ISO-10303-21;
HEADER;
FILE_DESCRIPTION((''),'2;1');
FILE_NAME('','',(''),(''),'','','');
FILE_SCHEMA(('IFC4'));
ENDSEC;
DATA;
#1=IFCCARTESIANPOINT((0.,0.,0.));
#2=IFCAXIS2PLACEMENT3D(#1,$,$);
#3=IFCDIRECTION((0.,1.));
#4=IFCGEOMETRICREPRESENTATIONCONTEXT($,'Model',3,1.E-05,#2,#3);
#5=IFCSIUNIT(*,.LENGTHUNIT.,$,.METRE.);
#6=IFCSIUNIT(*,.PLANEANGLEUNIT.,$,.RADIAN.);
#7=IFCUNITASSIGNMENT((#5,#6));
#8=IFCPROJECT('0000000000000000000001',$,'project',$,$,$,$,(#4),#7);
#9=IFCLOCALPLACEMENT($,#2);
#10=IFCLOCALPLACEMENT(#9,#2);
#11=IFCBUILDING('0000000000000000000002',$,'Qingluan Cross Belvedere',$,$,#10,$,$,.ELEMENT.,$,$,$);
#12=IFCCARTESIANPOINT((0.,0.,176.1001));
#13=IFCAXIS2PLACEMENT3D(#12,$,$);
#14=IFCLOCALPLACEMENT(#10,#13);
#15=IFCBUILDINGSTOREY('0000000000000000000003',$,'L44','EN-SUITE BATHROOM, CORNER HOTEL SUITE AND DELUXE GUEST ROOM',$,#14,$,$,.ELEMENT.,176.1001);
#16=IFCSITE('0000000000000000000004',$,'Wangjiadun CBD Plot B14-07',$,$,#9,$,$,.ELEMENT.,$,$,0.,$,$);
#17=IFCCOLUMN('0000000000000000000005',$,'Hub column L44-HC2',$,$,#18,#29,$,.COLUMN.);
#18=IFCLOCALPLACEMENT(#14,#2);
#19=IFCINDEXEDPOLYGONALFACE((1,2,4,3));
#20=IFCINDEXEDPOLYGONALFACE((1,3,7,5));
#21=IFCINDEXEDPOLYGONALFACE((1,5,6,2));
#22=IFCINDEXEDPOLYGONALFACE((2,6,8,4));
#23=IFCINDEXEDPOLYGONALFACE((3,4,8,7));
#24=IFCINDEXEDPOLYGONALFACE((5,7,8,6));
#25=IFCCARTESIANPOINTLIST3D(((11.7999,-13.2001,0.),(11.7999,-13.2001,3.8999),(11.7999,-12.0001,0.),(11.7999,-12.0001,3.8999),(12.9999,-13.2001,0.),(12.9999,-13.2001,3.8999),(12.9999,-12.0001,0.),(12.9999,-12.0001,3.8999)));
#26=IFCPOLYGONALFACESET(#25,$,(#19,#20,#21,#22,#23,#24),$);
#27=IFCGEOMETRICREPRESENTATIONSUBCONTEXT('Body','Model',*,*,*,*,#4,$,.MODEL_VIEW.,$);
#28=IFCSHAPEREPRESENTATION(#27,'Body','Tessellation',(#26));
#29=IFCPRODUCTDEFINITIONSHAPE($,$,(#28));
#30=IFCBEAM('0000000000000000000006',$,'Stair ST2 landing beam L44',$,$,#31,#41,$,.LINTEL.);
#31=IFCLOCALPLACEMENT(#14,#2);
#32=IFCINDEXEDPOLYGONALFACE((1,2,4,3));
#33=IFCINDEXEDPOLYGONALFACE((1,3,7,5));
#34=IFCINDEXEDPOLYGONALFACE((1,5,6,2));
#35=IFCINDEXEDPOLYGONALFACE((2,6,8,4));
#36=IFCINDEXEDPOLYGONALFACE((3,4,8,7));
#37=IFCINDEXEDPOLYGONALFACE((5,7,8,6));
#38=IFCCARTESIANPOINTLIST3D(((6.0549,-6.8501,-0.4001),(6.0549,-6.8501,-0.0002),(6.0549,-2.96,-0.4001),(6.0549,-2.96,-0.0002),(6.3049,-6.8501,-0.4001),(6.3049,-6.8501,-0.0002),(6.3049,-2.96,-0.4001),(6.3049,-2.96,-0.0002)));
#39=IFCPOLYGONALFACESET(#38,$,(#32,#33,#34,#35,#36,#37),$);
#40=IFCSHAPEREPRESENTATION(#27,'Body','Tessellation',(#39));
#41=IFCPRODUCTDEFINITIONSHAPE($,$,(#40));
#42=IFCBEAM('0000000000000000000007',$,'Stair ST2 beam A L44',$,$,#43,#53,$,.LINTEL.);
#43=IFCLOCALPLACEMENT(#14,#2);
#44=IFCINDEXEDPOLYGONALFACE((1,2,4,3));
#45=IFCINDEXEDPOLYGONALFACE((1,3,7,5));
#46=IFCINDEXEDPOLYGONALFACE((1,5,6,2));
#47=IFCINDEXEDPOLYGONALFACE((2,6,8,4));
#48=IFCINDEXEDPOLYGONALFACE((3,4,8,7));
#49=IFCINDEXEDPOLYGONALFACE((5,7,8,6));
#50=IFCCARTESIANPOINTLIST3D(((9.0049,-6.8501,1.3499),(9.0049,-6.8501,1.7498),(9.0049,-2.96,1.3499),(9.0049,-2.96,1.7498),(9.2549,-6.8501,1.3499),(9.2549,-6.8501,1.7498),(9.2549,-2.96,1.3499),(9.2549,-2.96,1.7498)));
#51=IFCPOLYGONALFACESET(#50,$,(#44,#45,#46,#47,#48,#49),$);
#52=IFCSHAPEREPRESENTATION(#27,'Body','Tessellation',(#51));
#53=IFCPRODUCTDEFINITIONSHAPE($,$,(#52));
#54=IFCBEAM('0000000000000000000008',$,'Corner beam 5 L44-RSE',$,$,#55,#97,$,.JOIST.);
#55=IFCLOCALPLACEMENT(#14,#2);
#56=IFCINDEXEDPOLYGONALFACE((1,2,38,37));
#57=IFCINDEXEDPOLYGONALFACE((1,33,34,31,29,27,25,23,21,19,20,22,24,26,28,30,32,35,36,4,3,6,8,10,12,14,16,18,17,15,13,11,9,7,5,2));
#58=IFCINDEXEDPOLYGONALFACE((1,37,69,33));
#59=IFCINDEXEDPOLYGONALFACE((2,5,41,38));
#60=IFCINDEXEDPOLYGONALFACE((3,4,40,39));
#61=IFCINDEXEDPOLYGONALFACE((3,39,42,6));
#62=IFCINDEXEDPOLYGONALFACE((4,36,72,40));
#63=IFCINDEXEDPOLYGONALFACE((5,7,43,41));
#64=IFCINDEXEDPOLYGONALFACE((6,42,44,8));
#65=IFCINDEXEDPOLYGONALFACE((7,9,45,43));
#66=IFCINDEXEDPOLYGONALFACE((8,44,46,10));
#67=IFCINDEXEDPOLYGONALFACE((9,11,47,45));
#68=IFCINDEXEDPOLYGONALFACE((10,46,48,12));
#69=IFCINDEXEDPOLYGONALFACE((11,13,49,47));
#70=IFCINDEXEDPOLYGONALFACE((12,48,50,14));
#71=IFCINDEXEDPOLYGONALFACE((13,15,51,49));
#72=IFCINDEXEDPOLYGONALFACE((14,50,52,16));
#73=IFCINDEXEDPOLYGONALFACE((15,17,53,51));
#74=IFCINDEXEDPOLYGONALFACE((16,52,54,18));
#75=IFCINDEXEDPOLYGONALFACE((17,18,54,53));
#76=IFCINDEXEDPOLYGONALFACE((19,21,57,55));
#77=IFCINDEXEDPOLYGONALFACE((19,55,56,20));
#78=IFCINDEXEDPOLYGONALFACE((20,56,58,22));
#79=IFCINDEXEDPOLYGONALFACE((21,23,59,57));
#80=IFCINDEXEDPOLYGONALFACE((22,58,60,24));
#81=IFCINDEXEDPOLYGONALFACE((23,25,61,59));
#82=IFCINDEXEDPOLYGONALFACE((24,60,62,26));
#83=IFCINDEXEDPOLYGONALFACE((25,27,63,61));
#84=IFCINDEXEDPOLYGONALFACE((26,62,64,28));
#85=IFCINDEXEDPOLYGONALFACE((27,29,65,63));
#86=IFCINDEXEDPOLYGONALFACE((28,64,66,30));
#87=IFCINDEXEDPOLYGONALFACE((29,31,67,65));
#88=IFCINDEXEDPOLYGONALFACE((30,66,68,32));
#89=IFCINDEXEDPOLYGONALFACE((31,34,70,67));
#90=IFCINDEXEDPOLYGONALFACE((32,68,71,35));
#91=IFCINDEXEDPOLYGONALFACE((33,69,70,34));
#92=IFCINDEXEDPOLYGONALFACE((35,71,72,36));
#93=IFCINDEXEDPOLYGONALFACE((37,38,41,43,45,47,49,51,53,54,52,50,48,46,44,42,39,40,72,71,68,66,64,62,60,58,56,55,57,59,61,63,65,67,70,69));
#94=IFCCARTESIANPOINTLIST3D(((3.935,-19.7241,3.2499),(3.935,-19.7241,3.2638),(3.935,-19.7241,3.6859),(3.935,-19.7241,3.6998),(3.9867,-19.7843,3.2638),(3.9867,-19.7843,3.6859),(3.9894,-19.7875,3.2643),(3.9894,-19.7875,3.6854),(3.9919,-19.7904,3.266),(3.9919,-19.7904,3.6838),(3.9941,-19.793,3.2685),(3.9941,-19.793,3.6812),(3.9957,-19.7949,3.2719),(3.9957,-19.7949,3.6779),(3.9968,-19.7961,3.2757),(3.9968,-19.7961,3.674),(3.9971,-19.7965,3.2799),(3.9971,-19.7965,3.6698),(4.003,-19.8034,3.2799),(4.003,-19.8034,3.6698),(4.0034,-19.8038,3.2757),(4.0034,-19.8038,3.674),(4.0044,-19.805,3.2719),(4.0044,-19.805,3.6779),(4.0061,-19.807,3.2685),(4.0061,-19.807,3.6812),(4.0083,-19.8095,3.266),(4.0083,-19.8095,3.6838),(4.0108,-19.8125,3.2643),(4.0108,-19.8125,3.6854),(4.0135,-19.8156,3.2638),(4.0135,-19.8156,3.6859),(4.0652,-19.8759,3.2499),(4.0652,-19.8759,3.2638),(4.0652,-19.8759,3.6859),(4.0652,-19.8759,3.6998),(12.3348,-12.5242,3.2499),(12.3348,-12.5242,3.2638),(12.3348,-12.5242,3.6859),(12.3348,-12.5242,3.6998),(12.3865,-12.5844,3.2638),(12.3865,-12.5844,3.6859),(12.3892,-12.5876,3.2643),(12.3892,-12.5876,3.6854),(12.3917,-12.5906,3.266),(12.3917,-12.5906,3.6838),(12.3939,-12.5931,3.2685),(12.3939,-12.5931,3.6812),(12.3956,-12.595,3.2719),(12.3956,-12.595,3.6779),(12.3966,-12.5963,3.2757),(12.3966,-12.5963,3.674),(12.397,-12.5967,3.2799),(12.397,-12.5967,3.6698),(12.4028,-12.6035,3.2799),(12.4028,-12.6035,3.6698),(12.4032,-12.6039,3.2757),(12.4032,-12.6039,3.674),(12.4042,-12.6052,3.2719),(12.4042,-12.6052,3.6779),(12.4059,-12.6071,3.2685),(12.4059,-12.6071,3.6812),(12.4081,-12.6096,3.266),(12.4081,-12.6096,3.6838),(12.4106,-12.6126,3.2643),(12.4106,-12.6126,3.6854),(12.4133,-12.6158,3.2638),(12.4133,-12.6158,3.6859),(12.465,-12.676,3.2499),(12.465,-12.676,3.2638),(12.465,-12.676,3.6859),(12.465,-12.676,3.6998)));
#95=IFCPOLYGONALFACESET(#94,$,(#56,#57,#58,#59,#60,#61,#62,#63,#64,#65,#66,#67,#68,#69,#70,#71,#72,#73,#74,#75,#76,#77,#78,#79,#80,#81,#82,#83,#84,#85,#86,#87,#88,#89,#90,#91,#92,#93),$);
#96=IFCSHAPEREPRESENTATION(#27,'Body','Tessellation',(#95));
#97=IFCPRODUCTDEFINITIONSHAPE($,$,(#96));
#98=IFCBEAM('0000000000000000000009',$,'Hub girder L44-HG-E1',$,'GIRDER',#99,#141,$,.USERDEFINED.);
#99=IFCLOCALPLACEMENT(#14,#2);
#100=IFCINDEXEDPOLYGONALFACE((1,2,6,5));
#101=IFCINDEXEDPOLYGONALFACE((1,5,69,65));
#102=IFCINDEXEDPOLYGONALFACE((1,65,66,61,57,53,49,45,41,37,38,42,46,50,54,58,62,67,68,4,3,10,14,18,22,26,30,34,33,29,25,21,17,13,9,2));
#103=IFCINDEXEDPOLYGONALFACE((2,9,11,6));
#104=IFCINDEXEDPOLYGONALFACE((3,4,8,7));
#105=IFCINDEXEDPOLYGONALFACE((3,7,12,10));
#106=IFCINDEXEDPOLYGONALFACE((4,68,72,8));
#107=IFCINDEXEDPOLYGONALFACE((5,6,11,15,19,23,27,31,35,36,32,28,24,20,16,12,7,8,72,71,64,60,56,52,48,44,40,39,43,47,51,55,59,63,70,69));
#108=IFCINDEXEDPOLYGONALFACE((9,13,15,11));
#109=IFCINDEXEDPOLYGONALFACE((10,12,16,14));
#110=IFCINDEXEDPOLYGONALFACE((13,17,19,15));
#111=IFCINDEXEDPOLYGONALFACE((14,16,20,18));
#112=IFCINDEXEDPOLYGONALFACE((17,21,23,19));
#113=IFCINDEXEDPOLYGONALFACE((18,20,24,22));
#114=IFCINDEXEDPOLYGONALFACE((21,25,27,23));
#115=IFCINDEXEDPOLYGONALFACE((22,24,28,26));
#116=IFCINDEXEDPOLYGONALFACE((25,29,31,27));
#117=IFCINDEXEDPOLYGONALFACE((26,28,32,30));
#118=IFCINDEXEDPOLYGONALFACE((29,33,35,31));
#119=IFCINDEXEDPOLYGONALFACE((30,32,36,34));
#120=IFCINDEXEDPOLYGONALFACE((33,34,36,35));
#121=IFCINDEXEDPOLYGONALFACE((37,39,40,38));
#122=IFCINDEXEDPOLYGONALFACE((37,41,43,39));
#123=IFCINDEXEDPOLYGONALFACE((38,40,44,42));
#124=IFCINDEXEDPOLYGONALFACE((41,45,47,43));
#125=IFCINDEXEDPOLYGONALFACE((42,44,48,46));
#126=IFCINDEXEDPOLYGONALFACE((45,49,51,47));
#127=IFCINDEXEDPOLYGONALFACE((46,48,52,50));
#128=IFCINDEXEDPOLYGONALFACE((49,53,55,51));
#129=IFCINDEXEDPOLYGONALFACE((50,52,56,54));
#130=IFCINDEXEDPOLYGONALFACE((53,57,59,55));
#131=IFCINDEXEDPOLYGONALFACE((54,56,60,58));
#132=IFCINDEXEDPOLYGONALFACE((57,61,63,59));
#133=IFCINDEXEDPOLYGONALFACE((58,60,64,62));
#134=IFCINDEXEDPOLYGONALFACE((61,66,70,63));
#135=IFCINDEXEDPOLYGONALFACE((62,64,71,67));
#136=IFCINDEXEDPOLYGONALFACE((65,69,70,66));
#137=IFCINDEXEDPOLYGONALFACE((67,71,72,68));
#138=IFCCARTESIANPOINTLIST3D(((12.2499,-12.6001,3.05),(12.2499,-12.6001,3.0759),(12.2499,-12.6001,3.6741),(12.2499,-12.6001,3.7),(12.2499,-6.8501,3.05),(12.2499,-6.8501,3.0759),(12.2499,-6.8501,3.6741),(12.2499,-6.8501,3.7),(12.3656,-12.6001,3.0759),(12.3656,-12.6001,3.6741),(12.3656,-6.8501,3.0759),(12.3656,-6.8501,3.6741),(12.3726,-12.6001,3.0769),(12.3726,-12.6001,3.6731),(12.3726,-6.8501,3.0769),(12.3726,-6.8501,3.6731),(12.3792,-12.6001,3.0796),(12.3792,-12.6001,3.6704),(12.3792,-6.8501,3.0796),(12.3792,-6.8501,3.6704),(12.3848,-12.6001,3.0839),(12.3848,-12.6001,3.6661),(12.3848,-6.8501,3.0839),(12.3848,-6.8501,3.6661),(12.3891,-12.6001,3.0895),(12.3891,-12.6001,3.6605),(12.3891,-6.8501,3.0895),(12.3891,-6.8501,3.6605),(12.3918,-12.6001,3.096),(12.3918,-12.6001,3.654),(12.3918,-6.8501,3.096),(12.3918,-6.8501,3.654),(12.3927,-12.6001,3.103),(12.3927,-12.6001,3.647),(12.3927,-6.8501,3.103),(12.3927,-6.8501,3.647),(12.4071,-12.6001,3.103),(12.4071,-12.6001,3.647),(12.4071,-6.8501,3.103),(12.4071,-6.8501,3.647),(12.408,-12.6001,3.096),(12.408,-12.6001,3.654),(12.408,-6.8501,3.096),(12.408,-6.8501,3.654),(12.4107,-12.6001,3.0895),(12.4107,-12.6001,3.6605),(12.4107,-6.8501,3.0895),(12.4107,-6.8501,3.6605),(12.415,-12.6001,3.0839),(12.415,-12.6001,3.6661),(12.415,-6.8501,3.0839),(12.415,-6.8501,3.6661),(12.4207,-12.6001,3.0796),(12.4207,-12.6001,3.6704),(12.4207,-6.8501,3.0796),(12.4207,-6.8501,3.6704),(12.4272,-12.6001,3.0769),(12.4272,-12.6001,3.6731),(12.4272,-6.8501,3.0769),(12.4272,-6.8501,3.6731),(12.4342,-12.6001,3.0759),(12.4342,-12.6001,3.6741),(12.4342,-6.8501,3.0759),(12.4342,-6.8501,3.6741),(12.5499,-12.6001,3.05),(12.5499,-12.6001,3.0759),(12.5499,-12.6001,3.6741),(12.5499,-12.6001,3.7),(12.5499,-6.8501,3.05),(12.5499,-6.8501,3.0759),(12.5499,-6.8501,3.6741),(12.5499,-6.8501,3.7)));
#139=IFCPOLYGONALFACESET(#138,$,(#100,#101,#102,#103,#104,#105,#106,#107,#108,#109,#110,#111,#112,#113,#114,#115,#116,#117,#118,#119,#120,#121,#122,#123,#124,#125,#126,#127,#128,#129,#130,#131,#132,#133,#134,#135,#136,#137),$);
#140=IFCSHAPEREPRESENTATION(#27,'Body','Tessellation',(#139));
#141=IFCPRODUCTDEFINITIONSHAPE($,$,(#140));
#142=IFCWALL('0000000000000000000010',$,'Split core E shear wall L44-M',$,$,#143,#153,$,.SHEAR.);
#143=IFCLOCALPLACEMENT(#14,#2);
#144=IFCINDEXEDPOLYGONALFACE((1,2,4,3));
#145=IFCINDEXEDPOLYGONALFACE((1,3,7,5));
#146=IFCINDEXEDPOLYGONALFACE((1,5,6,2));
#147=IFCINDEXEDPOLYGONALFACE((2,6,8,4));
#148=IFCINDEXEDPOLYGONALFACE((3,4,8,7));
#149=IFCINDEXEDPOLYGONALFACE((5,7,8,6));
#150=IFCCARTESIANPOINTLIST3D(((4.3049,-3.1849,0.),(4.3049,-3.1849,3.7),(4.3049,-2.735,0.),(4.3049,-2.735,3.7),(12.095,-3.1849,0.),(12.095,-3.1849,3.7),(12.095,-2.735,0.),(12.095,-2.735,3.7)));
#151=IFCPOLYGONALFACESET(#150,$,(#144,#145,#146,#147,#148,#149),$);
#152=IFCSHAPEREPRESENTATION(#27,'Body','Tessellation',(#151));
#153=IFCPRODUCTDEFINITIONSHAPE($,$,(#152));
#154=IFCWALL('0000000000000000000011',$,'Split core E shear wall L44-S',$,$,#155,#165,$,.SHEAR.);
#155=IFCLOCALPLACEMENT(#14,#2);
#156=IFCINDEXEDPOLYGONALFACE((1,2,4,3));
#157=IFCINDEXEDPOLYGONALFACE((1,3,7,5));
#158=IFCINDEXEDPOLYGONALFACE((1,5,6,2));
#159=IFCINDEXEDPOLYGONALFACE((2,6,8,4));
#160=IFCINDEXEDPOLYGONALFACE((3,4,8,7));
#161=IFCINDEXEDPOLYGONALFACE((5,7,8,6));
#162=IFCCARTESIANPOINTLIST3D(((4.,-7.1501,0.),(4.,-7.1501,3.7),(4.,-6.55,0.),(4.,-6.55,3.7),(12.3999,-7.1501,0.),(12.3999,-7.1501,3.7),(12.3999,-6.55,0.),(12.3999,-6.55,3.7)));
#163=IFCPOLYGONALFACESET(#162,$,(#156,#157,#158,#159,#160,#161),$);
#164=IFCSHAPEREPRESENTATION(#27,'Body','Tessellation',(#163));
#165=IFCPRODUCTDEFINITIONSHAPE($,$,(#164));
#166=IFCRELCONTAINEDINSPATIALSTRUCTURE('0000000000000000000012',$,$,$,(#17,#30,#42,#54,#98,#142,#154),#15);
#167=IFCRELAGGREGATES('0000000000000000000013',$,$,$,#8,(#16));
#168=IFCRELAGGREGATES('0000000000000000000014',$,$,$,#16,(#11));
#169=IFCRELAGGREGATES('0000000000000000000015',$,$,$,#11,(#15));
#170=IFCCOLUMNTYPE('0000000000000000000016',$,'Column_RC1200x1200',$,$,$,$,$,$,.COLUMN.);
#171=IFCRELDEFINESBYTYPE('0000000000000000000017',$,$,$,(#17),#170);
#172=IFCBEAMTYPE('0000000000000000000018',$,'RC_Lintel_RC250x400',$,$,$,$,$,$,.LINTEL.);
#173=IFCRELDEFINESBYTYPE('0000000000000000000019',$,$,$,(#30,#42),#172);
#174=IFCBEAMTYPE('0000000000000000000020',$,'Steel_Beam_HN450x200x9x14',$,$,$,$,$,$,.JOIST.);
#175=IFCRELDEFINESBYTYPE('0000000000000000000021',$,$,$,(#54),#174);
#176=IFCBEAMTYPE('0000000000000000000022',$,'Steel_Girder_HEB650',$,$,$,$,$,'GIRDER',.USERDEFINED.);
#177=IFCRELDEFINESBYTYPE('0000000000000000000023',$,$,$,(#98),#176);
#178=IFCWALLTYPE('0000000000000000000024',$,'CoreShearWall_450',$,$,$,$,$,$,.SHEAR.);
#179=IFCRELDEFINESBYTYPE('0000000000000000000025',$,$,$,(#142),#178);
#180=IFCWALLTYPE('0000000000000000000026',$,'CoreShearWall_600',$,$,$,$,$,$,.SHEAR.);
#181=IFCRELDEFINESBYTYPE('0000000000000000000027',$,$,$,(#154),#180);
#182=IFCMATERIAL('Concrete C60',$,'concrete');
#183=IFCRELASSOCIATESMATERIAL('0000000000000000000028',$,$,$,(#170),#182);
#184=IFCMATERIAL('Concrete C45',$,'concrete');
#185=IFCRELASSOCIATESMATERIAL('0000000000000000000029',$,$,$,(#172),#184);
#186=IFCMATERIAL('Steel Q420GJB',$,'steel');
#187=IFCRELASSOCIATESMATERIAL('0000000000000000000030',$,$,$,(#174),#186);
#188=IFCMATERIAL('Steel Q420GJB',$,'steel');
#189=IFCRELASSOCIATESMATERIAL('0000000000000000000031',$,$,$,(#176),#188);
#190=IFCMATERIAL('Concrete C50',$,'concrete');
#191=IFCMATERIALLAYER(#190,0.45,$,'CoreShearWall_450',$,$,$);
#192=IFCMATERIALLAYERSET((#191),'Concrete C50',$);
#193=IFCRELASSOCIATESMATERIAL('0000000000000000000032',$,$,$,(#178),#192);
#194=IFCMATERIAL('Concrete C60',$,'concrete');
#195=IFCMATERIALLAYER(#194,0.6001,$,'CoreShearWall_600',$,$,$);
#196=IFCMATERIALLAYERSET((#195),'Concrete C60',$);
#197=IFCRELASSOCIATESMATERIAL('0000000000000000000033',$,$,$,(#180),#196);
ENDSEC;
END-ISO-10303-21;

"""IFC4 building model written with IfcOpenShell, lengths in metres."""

from ifc_helpers import new_model, si_unit, direction, frame, frame_2d, origin, origin_2d, place, context, subcontext, project, spatial, rectangle, i_section, extrude, material, layer, layer_set, material_profile, profile_set, type_object, element, save


model = new_model("IFC4")

# Units and contexts
model_context = context("Model", 3, precision=1e-05, world=origin(), true_north=direction((0.0, 1.0)))
body_context = subcontext(model_context, "Body", "Model", "MODEL_VIEW")
ifc_project = project(units=[si_unit("LENGTHUNIT", "METRE"), si_unit("PLANEANGLEUNIT", "RADIAN")], contexts=[model_context])

# Site, building, storey
site_placement = place(None, origin())
site = spatial("IfcSite", under=ifc_project, at=site_placement, Name="Wangjiadun CBD Plot B14-07", CompositionType="ELEMENT", RefElevation=0.0)
building_placement = place(site_placement, origin())
building = spatial("IfcBuilding", under=site, at=building_placement, Name="Qingluan Cross Belvedere", CompositionType="ELEMENT")
storey_placement = place(building_placement, frame((0.0, 0.0, 176.1001)))
storey = spatial("IfcBuildingStorey", under=building, at=storey_placement, Name="L44", Description="EN-SUITE BATHROOM, CORNER HOTEL SUITE AND DELUXE GUEST ROOM", CompositionType="ELEMENT", Elevation=176.1001)

# Column
ifc_material_1 = material(Name="Concrete C60", Category="concrete")
ifc_material_profile_1 = material_profile(ifc_material_1, rectangle(XDim=1.2, YDim=1.2, at=origin_2d()), Name="RC1200x1200")
ifc_profile_set_1 = profile_set([ifc_material_profile_1], Name="Concrete C60")
column_type = type_object("IfcColumnType", Name="Column_RC1200x1200", PredefinedType="COLUMN", material=ifc_profile_set_1)
column_placement = place(storey_placement, frame((12.3999, -12.6001, 0.0), z_axis=(0.0, 0.0, 1.0), x_axis=(1.0, 0.0, 0.0)))
element("IfcColumn", 1, at=column_placement, inside=storey, type_object=column_type, Name="Hub column L44-HC2", PredefinedType="COLUMN", context=body_context, shape_type="SweptSolid", body=[
    extrude(rectangle(XDim=1.2, YDim=1.2, at=origin_2d()), origin(), (0.0, 0.0, 1.0), 3.8999),
])

# Beams
ifc_material_2 = material(Name="Concrete C45", Category="concrete")
ifc_material_profile_2 = material_profile(ifc_material_2, rectangle(XDim=0.25, YDim=0.3999, at=origin_2d()), Name="RC250x400")
ifc_profile_set_2 = profile_set([ifc_material_profile_2], Name="Concrete C45")
beam_type_1 = type_object("IfcBeamType", Name="RC_Lintel_RC250x400", PredefinedType="LINTEL", material=ifc_profile_set_2)
for number, where, z_axis, x_axis, name in (
    (2, (6.1799, -6.8501, -0.2002), (0.0, 1.0, 0.0), (-1.0, 0.0, 0.0), "Stair ST2 landing beam L44"),
    (3, (9.1299, -6.8501, 1.5498), (0.0, 1.0, 0.0), (-1.0, 0.0, 0.0), "Stair ST2 beam A L44"),
):
    element("IfcBeam", number, at=place(storey_placement, frame(where, z_axis=z_axis, x_axis=x_axis)), inside=storey, type_object=beam_type_1, Name=name, PredefinedType="LINTEL", context=body_context, shape_type="SweptSolid", body=[
        extrude(rectangle(XDim=0.25, YDim=0.3999, at=origin_2d()), origin(), (0.0, 0.0, 1.0), 3.8901),
    ])
ifc_material_3 = material(Name="Steel Q420GJB", Category="steel")
ifc_material_profile_3 = material_profile(ifc_material_3, i_section(OverallWidth=0.2, OverallDepth=0.45, WebThickness=0.009, FlangeThickness=0.0139, FilletRadius=0.0161, at=origin_2d()), Name="HN450x200x9x14")
ifc_profile_set_3 = profile_set([ifc_material_profile_3], Name="Steel Q420GJB")
beam_type_2 = type_object("IfcBeamType", Name="Steel_Beam_HN450x200x9x14", PredefinedType="JOIST", material=ifc_profile_set_3)
beam_1_placement = place(storey_placement, frame((12.3999, -12.6001, 3.4749), z_axis=(-0.759255, -0.650793, 0.0), x_axis=(0.650793, -0.759255, 0.0)))
element("IfcBeam", 4, at=beam_1_placement, inside=storey, type_object=beam_type_2, Name="Corner beam 5 L44-RSE", PredefinedType="JOIST", context=body_context, shape_type="SweptSolid", body=[
    extrude(i_section(OverallWidth=0.2, OverallDepth=0.45, WebThickness=0.009, FlangeThickness=0.0139, FilletRadius=0.0161, at=origin_2d()), origin(), (0.0, 0.0, 1.0), 11.0632),
])
ifc_material_4 = material(Name="Steel Q420GJB", Category="steel")
ifc_material_profile_4 = material_profile(ifc_material_4, i_section(OverallWidth=0.3, OverallDepth=0.6499, WebThickness=0.0144, FlangeThickness=0.0259, FilletRadius=0.0271, at=origin_2d()), Name="HEB650")
ifc_profile_set_4 = profile_set([ifc_material_profile_4], Name="Steel Q420GJB")
beam_type_3 = type_object("IfcBeamType", Name="Steel_Girder_HEB650", ElementType="GIRDER", PredefinedType="USERDEFINED", material=ifc_profile_set_4)
beam_2_placement = place(storey_placement, frame((12.3999, -12.6001, 3.375), z_axis=(0.0, 1.0, 0.0), x_axis=(-1.0, 0.0, 0.0)))
element("IfcBeam", 5, at=beam_2_placement, inside=storey, type_object=beam_type_3, Name="Hub girder L44-HG-E1", ObjectType="GIRDER", PredefinedType="USERDEFINED", context=body_context, shape_type="SweptSolid", body=[
    extrude(i_section(OverallWidth=0.3, OverallDepth=0.6499, WebThickness=0.0144, FlangeThickness=0.0259, FilletRadius=0.0271, at=origin_2d()), origin(), (0.0, 0.0, 1.0), 5.75),
])

# Walls
ifc_material_5 = material(Name="Concrete C50", Category="concrete")
ifc_layer_1 = layer(ifc_material_5, 0.45, Name="CoreShearWall_450")
ifc_layer_set_1 = layer_set([ifc_layer_1], Name="Concrete C50")
wall_type_1 = type_object("IfcWallType", Name="CoreShearWall_450", PredefinedType="SHEAR", material=ifc_layer_set_1)
wall_1_placement = place(storey_placement, frame((4.3049, -2.96, 0.0), z_axis=(0.0, 0.0, 1.0), x_axis=(1.0, 0.0, 0.0)))
element("IfcWall", 6, at=wall_1_placement, inside=storey, type_object=wall_type_1, Name="Split core E shear wall L44-M", PredefinedType="SHEAR", context=body_context, shape_type="SweptSolid", body=[
    extrude(rectangle(XDim=7.79, YDim=0.45, at=frame_2d((3.895, 0.0))), origin(), (0.0, 0.0, 1.0), 3.7),
])
ifc_material_6 = material(Name="Concrete C60", Category="concrete")
ifc_layer_2 = layer(ifc_material_6, 0.6001, Name="CoreShearWall_600")
ifc_layer_set_2 = layer_set([ifc_layer_2], Name="Concrete C60")
wall_type_2 = type_object("IfcWallType", Name="CoreShearWall_600", PredefinedType="SHEAR", material=ifc_layer_set_2)
wall_2_placement = place(storey_placement, frame((4.0, -6.8501, 0.0), z_axis=(0.0, 0.0, 1.0), x_axis=(1.0, 0.0, 0.0)))
element("IfcWall", 7, at=wall_2_placement, inside=storey, type_object=wall_type_2, Name="Split core E shear wall L44-S", PredefinedType="SHEAR", context=body_context, shape_type="SweptSolid", body=[
    extrude(rectangle(XDim=8.3999, YDim=0.6001, at=frame_2d((4.2, 0.0))), origin(), (0.0, 0.0, 1.0), 3.7),
])

save(model, "model.ifc")
